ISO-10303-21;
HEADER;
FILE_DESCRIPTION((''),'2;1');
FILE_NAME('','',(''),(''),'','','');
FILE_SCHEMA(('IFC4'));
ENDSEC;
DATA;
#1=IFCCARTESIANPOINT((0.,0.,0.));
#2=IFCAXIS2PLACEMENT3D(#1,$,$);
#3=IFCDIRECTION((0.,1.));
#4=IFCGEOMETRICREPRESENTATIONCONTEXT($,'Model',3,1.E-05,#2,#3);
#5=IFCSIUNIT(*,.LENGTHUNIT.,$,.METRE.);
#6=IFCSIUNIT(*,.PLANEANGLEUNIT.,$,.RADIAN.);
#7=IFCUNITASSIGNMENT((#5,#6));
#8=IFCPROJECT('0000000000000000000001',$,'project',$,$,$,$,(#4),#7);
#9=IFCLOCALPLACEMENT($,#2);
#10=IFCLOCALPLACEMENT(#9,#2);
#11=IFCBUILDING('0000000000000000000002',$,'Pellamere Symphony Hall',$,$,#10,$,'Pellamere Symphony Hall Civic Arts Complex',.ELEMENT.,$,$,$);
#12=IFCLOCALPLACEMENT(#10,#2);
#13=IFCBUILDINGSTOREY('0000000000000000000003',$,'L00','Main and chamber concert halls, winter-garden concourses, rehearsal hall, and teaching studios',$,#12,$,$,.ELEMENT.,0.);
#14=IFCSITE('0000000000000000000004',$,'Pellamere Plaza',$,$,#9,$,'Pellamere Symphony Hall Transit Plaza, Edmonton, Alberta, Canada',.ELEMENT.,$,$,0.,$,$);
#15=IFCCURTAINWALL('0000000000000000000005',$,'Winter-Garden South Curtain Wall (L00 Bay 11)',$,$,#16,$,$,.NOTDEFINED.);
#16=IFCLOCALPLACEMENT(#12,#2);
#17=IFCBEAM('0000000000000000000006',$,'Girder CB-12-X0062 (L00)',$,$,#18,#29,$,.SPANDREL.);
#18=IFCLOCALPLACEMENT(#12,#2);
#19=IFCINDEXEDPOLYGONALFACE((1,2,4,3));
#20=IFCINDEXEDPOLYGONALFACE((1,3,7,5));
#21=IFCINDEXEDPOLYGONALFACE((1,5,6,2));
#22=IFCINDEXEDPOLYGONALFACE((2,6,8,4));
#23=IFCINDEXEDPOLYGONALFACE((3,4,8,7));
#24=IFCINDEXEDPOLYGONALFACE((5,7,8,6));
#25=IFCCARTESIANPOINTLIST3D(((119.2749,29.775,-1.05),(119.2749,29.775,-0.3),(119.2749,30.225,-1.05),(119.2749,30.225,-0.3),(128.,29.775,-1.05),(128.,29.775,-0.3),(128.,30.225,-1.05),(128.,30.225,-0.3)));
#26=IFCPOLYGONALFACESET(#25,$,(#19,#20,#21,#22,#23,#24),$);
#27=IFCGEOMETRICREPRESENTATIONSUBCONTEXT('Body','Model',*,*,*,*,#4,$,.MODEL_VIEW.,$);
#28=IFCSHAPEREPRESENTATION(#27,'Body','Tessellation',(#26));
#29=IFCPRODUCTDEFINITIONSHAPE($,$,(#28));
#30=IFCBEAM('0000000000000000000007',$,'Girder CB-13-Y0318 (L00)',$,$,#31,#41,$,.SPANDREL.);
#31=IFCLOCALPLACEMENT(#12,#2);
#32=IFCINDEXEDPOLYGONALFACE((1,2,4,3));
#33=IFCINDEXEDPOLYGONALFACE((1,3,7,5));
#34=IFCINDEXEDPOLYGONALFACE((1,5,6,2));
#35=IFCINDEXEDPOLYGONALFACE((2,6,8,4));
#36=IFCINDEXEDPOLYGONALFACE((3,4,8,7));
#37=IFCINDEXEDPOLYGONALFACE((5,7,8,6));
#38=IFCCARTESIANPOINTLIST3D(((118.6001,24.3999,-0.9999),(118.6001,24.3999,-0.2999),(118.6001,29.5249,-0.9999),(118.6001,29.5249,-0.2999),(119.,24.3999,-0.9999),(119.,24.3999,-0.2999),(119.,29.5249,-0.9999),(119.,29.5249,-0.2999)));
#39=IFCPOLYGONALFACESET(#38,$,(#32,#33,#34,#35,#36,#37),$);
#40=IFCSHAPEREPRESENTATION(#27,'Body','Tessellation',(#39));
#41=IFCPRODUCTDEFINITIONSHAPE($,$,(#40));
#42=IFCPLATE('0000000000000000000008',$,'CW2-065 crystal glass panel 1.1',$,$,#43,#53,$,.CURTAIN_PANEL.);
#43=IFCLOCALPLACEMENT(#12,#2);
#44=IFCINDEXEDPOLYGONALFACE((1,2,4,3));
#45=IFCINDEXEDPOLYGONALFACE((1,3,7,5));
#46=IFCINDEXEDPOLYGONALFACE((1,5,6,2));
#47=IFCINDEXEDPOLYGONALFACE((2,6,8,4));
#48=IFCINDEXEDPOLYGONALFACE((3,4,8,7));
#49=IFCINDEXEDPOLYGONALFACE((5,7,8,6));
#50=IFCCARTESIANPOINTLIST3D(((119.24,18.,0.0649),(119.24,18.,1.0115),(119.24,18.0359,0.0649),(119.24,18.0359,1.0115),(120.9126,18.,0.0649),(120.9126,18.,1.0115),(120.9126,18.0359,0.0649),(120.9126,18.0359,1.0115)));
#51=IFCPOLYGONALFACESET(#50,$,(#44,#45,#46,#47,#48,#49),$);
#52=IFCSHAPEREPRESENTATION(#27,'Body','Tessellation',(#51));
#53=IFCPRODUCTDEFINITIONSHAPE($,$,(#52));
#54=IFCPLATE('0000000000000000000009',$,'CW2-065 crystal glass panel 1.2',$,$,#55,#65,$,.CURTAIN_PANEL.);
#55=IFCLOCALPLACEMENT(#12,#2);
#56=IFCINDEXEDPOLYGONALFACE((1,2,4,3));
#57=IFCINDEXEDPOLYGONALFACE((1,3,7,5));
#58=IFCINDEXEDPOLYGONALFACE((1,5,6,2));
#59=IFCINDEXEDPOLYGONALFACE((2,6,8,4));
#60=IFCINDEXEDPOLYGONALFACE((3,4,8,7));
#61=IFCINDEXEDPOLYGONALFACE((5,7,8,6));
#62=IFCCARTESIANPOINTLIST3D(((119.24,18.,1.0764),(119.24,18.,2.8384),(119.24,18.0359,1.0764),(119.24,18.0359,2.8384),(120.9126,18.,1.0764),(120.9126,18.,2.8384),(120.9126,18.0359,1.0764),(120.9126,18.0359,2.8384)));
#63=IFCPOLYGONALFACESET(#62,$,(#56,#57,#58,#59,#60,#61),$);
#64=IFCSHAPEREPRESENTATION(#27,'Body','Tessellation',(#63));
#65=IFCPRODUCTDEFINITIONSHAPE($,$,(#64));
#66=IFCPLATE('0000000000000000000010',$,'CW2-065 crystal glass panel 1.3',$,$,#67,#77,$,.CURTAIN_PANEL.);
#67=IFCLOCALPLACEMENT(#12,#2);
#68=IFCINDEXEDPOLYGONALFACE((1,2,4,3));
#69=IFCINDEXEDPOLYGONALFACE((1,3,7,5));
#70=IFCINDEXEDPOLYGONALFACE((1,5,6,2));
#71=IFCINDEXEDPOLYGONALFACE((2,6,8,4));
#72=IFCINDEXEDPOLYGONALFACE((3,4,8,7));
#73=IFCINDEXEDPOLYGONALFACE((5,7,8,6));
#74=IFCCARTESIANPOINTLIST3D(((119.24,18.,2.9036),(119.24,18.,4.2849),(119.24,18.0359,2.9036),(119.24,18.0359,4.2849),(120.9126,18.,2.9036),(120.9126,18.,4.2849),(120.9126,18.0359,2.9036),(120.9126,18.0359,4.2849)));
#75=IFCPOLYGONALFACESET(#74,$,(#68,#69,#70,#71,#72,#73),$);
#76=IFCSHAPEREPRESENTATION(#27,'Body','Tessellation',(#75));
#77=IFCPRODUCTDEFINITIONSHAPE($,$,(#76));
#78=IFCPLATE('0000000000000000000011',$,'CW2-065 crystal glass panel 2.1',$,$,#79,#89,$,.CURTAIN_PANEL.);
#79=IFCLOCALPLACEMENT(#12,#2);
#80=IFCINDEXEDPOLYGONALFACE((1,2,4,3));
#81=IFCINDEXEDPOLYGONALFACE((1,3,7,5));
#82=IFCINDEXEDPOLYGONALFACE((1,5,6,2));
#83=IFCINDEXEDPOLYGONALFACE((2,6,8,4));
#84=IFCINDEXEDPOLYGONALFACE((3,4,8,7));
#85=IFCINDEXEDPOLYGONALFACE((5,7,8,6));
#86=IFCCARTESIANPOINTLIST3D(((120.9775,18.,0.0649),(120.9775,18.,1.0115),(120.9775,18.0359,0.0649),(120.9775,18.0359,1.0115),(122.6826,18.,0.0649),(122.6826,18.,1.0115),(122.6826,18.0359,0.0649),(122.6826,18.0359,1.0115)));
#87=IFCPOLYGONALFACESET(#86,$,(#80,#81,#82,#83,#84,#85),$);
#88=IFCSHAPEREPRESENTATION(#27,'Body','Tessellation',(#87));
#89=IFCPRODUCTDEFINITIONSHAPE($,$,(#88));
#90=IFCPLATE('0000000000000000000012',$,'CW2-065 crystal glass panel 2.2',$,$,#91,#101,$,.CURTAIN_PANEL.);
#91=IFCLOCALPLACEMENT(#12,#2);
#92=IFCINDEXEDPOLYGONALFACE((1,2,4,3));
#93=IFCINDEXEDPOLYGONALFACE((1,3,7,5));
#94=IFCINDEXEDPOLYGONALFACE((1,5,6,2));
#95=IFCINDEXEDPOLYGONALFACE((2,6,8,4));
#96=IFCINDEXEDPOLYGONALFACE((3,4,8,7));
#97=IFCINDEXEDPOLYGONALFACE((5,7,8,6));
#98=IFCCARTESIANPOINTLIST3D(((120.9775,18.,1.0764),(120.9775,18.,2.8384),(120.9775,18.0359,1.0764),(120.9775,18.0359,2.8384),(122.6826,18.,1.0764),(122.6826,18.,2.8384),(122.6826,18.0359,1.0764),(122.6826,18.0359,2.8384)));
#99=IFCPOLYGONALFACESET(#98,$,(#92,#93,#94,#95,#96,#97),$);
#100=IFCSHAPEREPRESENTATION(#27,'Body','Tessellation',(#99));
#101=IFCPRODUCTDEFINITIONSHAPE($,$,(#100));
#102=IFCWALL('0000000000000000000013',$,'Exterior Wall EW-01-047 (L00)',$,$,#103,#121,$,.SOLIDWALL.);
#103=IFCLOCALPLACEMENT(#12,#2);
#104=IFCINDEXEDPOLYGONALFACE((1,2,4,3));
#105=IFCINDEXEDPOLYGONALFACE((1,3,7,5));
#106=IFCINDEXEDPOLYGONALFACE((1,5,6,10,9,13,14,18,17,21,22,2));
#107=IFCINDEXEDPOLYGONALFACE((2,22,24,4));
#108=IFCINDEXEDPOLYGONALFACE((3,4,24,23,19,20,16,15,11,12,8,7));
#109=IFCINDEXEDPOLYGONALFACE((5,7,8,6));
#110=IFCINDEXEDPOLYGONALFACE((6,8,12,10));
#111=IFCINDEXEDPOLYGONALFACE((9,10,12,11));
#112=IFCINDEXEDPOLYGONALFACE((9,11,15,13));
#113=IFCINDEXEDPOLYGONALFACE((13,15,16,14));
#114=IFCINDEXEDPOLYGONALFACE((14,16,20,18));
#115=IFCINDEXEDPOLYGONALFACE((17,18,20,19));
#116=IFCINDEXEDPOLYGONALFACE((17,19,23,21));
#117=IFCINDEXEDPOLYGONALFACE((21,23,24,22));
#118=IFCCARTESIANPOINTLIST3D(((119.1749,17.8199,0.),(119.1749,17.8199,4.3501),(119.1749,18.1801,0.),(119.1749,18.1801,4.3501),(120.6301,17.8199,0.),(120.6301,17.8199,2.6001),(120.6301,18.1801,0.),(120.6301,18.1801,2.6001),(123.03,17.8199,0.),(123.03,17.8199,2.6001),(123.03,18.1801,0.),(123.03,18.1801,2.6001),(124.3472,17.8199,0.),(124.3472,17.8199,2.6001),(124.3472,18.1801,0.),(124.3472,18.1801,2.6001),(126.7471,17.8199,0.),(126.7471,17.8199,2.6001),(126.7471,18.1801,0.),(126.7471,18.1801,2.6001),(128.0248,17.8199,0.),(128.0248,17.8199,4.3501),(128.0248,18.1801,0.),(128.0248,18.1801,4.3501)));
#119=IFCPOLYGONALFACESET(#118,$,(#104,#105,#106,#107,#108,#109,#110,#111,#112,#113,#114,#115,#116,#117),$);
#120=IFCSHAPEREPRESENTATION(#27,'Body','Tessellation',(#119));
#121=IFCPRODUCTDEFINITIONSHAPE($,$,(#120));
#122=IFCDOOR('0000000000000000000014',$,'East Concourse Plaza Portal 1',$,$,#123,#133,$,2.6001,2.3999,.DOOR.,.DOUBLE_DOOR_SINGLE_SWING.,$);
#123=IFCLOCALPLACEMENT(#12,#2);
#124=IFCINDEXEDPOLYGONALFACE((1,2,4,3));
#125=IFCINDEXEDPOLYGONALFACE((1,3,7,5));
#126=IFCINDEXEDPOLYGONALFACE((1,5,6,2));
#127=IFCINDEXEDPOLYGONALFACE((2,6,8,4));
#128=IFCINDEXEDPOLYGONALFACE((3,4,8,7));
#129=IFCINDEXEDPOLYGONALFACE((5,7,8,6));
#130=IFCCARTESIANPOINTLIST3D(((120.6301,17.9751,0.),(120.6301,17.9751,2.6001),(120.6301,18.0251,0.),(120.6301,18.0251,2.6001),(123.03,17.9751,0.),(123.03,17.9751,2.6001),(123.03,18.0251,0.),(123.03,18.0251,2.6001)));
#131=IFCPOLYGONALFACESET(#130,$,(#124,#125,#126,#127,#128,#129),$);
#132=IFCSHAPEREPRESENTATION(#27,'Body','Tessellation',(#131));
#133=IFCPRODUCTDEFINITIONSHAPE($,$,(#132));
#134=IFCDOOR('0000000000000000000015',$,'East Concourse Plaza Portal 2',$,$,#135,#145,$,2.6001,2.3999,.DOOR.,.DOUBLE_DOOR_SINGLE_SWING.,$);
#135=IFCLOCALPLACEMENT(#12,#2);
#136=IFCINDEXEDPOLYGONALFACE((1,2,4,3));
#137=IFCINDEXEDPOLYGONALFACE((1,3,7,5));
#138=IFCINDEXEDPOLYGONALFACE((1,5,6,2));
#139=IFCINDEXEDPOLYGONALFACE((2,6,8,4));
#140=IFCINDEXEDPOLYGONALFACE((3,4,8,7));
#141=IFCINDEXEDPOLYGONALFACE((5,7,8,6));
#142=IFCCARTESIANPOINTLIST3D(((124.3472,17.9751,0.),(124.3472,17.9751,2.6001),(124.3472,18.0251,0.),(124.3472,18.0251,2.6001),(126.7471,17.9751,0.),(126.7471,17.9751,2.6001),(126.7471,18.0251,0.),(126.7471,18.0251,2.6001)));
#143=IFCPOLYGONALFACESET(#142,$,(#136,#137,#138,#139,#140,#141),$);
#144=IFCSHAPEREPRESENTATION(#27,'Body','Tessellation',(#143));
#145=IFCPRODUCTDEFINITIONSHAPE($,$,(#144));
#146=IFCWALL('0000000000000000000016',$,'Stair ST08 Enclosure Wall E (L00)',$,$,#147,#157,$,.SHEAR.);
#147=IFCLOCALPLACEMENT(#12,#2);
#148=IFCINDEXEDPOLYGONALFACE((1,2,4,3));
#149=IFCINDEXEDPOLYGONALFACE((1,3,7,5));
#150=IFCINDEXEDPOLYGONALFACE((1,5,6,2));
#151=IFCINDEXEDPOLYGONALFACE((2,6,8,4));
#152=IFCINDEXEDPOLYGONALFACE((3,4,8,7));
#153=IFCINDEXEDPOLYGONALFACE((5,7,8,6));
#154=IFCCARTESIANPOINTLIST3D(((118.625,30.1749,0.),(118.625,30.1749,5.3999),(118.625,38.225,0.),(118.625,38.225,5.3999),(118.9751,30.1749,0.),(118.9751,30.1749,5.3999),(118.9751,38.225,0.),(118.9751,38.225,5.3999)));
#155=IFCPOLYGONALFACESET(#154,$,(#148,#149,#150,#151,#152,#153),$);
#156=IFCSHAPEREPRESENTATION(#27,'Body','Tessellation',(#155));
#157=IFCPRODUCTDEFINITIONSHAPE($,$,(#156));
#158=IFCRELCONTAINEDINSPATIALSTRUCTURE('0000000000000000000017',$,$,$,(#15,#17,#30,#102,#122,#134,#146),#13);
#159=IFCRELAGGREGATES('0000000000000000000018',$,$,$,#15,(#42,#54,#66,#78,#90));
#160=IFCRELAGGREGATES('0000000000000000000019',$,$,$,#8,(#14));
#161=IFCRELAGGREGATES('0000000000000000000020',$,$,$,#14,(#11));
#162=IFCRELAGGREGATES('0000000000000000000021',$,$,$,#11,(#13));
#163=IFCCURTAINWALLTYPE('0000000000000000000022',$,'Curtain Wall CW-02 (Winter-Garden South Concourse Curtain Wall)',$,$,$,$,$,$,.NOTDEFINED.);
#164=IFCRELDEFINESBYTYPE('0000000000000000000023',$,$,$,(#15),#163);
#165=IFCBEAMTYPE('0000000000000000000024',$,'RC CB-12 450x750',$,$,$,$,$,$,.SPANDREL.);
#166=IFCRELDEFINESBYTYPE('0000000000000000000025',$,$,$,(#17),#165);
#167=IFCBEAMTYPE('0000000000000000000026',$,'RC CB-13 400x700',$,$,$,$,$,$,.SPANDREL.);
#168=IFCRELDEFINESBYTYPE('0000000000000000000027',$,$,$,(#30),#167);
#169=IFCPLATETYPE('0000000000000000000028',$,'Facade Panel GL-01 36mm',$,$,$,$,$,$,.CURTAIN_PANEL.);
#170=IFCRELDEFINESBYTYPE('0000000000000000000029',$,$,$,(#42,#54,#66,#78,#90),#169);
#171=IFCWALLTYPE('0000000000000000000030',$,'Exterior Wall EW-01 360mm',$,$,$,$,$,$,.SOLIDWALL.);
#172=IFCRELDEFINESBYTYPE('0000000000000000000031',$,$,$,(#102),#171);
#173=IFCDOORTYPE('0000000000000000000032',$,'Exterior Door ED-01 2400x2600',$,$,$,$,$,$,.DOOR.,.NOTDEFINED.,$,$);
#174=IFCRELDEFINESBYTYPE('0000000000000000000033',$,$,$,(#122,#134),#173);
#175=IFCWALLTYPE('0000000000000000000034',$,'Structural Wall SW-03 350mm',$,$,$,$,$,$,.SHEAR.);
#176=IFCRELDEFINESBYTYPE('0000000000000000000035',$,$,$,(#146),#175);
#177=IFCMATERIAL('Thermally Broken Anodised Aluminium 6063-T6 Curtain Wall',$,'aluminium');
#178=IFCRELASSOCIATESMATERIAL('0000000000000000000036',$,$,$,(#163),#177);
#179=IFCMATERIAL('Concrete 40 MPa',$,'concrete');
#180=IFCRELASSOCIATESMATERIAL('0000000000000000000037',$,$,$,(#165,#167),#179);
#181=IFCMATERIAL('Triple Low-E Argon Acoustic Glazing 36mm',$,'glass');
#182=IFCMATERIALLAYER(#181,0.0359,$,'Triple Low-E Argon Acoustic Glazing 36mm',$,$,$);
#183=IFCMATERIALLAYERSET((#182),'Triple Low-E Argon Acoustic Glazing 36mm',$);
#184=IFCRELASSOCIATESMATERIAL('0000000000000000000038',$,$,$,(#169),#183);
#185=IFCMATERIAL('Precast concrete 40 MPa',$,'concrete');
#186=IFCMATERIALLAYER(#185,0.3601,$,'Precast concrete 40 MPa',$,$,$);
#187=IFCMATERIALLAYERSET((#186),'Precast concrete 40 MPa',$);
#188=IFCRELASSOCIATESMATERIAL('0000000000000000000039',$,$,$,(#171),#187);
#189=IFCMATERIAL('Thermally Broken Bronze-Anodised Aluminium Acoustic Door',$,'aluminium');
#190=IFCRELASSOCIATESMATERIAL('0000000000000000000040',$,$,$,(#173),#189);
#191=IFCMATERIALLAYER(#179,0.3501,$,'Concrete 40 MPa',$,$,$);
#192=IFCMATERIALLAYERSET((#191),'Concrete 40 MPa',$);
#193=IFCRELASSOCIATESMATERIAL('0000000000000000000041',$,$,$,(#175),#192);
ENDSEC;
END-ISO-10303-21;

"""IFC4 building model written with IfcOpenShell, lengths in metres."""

from ifc_helpers import new_model, si_unit, direction, frame, frame_2d, origin, origin_2d, place, context, subcontext, project, spatial, polyline, rectangle, outline, extrude, material, layer, layer_set, material_profile, profile_set, type_object, element, fill, aggregate, save


model = new_model("IFC4")

# Units and contexts
model_context = context("Model", 3, precision=1e-05, world=origin(), true_north=direction((0.0, 1.0)))
body_context = subcontext(model_context, "Body", "Model", "MODEL_VIEW")
ifc_project = project(units=[si_unit("LENGTHUNIT", "METRE"), si_unit("PLANEANGLEUNIT", "RADIAN")], contexts=[model_context])

# Site, building, storey
site_placement = place(None, origin())
site = spatial("IfcSite", under=ifc_project, at=site_placement, Name="Pellamere Plaza", LongName="Pellamere Symphony Hall Transit Plaza, Edmonton, Alberta, Canada", CompositionType="ELEMENT", RefElevation=0.0)
building_placement = place(site_placement, origin())
building = spatial("IfcBuilding", under=site, at=building_placement, Name="Pellamere Symphony Hall", LongName="Pellamere Symphony Hall Civic Arts Complex", CompositionType="ELEMENT")
storey_placement = place(building_placement, origin())
storey = spatial("IfcBuildingStorey", under=building, at=storey_placement, Name="L00", Description="Main and chamber concert halls, winter-garden concourses, rehearsal hall, and teaching studios", CompositionType="ELEMENT", Elevation=0.0)

# Shared definitions
ifc_material_1 = material(Name="Concrete 40 MPa", Category="concrete")

# Curtain wall
ifc_material_2 = material(Name="Thermally Broken Anodised Aluminium 6063-T6 Curtain Wall", Category="aluminium")
curtain_wall_type = type_object("IfcCurtainWallType", Name="Curtain Wall CW-02 (Winter-Garden South Concourse Curtain Wall)", PredefinedType="NOTDEFINED", material=ifc_material_2)
curtain_wall_placement = place(storey_placement, origin())
curtain_wall = element("IfcCurtainWall", 1, at=curtain_wall_placement, inside=storey, type_object=curtain_wall_type, Name="Winter-Garden South Curtain Wall (L00 Bay 11)", PredefinedType="NOTDEFINED")

# Beams
ifc_material_profile_1 = material_profile(ifc_material_1, rectangle(XDim=0.45, YDim=0.75, at=origin_2d()), Name="RC 450x750")
ifc_profile_set_1 = profile_set([ifc_material_profile_1], Name="Concrete 40 MPa")
beam_type_1 = type_object("IfcBeamType", Name="RC CB-12 450x750", PredefinedType="SPANDREL", material=ifc_profile_set_1)
beam_1_placement = place(storey_placement, frame((119.2749, 30.0, -0.675), z_axis=(1.0, 0.0, 0.0), x_axis=(0.0, 1.0, 0.0)))
element("IfcBeam", 2, at=beam_1_placement, inside=storey, type_object=beam_type_1, Name="Girder CB-12-X0062 (L00)", PredefinedType="SPANDREL", context=body_context, shape_type="SweptSolid", body=[
    extrude(rectangle(XDim=0.45, YDim=0.75, at=origin_2d()), origin(), (0.0, 0.0, 1.0), 8.7251),
])
ifc_material_profile_2 = material_profile(ifc_material_1, rectangle(XDim=0.3999, YDim=0.7, at=origin_2d()), Name="RC 400x700")
ifc_profile_set_2 = profile_set([ifc_material_profile_2], Name="Concrete 40 MPa")
beam_type_2 = type_object("IfcBeamType", Name="RC CB-13 400x700", PredefinedType="SPANDREL", material=ifc_profile_set_2)
beam_2_placement = place(storey_placement, frame((118.8, 24.3999, -0.6499), z_axis=(0.0, 1.0, 0.0), x_axis=(-1.0, 0.0, 0.0)))
element("IfcBeam", 3, at=beam_2_placement, inside=storey, type_object=beam_type_2, Name="Girder CB-13-Y0318 (L00)", PredefinedType="SPANDREL", context=body_context, shape_type="SweptSolid", body=[
    extrude(rectangle(XDim=0.3999, YDim=0.7, at=origin_2d()), origin(), (0.0, 0.0, 1.0), 5.125),
])

# Plates
ifc_material_3 = material(Name="Triple Low-E Argon Acoustic Glazing 36mm", Category="glass")
ifc_layer_1 = layer(ifc_material_3, 0.0359, Name="Triple Low-E Argon Acoustic Glazing 36mm")
ifc_layer_set_1 = layer_set([ifc_layer_1], Name="Triple Low-E Argon Acoustic Glazing 36mm")
plate_type = type_object("IfcPlateType", Name="Facade Panel GL-01 36mm", PredefinedType="CURTAIN_PANEL", material=ifc_layer_set_1)
plate_1_placement = place(storey_placement, frame((119.24, 18.0, 0.0649), z_axis=(0.0, -1.0, 0.0), x_axis=(1.0, 0.0, 0.0)))
plate_1 = element("IfcPlate", 4, at=plate_1_placement, type_object=plate_type, Name="CW2-065 crystal glass panel 1.1", PredefinedType="CURTAIN_PANEL", context=body_context, shape_type="SweptSolid", body=[
    extrude(outline(polyline([(0.0, 0.0), (1.6726, 0.0), (1.6726, 0.9465), (0.0, 0.9465), (0.0, 0.0)])), origin(), (0.0, 0.0, -1.0), 0.0359),
])
plate_2_placement = place(storey_placement, frame((119.24, 18.0, 1.0764), z_axis=(0.0, -1.0, 0.0), x_axis=(1.0, 0.0, 0.0)))
plate_2 = element("IfcPlate", 5, at=plate_2_placement, type_object=plate_type, Name="CW2-065 crystal glass panel 1.2", PredefinedType="CURTAIN_PANEL", context=body_context, shape_type="SweptSolid", body=[
    extrude(outline(polyline([(0.0, 0.0), (1.6726, 0.0), (1.6726, 1.762), (0.0, 1.762), (0.0, 0.0)])), origin(), (0.0, 0.0, -1.0), 0.0359),
])
plate_3_placement = place(storey_placement, frame((119.24, 18.0, 2.9036), z_axis=(0.0, -1.0, 0.0), x_axis=(1.0, 0.0, 0.0)))
plate_3 = element("IfcPlate", 6, at=plate_3_placement, type_object=plate_type, Name="CW2-065 crystal glass panel 1.3", PredefinedType="CURTAIN_PANEL", context=body_context, shape_type="SweptSolid", body=[
    extrude(outline(polyline([(0.0, 0.0), (1.6726, 0.0), (1.6726, 1.3813), (0.0, 1.3813), (0.0, 0.0)])), origin(), (0.0, 0.0, -1.0), 0.0359),
])
plate_4_placement = place(storey_placement, frame((120.9775, 18.0, 0.0649), z_axis=(0.0, -1.0, 0.0), x_axis=(1.0, 0.0, 0.0)))
plate_4 = element("IfcPlate", 7, at=plate_4_placement, type_object=plate_type, Name="CW2-065 crystal glass panel 2.1", PredefinedType="CURTAIN_PANEL", context=body_context, shape_type="SweptSolid", body=[
    extrude(outline(polyline([(0.0, 0.0), (1.7051, 0.0), (1.7051, 0.9465), (0.0, 0.9465), (0.0, 0.0)])), origin(), (0.0, 0.0, -1.0), 0.0359),
])
plate_5_placement = place(storey_placement, frame((120.9775, 18.0, 1.0764), z_axis=(0.0, -1.0, 0.0), x_axis=(1.0, 0.0, 0.0)))
plate_5 = element("IfcPlate", 8, at=plate_5_placement, type_object=plate_type, Name="CW2-065 crystal glass panel 2.2", PredefinedType="CURTAIN_PANEL", context=body_context, shape_type="SweptSolid", body=[
    extrude(outline(polyline([(0.0, 0.0), (1.7051, 0.0), (1.7051, 1.762), (0.0, 1.762), (0.0, 0.0)])), origin(), (0.0, 0.0, -1.0), 0.0359),
])
aggregate(curtain_wall, [plate_1, plate_2, plate_3, plate_4, plate_5])

# Wall, openings, doors
ifc_material_4 = material(Name="Precast concrete 40 MPa", Category="concrete")
ifc_layer_2 = layer(ifc_material_4, 0.3601, Name="Precast concrete 40 MPa")
ifc_layer_set_2 = layer_set([ifc_layer_2], Name="Precast concrete 40 MPa")
wall_type_1 = type_object("IfcWallType", Name="Exterior Wall EW-01 360mm", PredefinedType="SOLIDWALL", material=ifc_layer_set_2)
wall_1_placement = place(storey_placement, frame((119.175, 18.0, 0.0), z_axis=(0.0, 0.0, 1.0), x_axis=(1.0, 0.0, 0.0)))
wall_1 = element("IfcWall", 9, at=wall_1_placement, inside=storey, type_object=wall_type_1, Name="Exterior Wall EW-01-047 (L00)", PredefinedType="SOLIDWALL", context=body_context, shape_type="SweptSolid", body=[
    extrude(rectangle(XDim=8.8499, YDim=0.3601, at=frame_2d((4.4248, 0.0))), origin(), (0.0, 0.0, 1.0), 4.3501),
])
opening_1_placement = place(wall_1_placement, frame((1.4551, 0.0, 0.0)))
opening_1 = element("IfcOpeningElement", 10, at=opening_1_placement, cuts=wall_1, PredefinedType="OPENING", context=body_context, shape_type="SweptSolid", body=[
    extrude(rectangle(XDim=2.3999, YDim=2.6001, at=frame_2d((1.2, 1.3))), frame((0.0, 0.1899, 0.0), z_axis=(0.0, -1.0, 0.0), x_axis=(1.0, 0.0, 0.0)), (0.0, 0.0, 1.0), 0.3801),
])
opening_2_placement = place(wall_1_placement, frame((5.1721, 0.0, 0.0)))
opening_2 = element("IfcOpeningElement", 11, at=opening_2_placement, cuts=wall_1, PredefinedType="OPENING", context=body_context, shape_type="SweptSolid", body=[
    extrude(rectangle(XDim=2.3999, YDim=2.6001, at=frame_2d((1.2, 1.3))), frame((0.0, 0.1899, 0.0), z_axis=(0.0, -1.0, 0.0), x_axis=(1.0, 0.0, 0.0)), (0.0, 0.0, 1.0), 0.3801),
])
ifc_material_5 = material(Name="Thermally Broken Bronze-Anodised Aluminium Acoustic Door", Category="aluminium")
door_type = type_object("IfcDoorType", Name="Exterior Door ED-01 2400x2600", OperationType="NOTDEFINED", PredefinedType="DOOR", material=ifc_material_5)
door_1_placement = place(opening_1_placement, frame((2.3999, 0.0, 0.0), z_axis=(0.0, 0.0, 1.0), x_axis=(-1.0, 0.0, 0.0)))
door_1 = element("IfcDoor", 12, at=door_1_placement, inside=storey, type_object=door_type, Name="East Concourse Plaza Portal 1", OperationType="DOUBLE_DOOR_SINGLE_SWING", OverallHeight=2.6001, OverallWidth=2.3999, PredefinedType="DOOR", context=body_context, shape_type="SweptSolid", body=[
    extrude(rectangle(XDim=2.3999, YDim=2.6001, at=frame_2d((1.2, 1.3))), frame((0.0, 0.0249, 0.0), z_axis=(0.0, -1.0, 0.0), x_axis=(1.0, 0.0, 0.0)), (0.0, 0.0, 1.0), 0.05),
])
fill(opening_1, door_1)
door_2_placement = place(opening_2_placement, frame((2.3999, 0.0, 0.0), z_axis=(0.0, 0.0, 1.0), x_axis=(-1.0, 0.0, 0.0)))
door_2 = element("IfcDoor", 13, at=door_2_placement, inside=storey, type_object=door_type, Name="East Concourse Plaza Portal 2", OperationType="DOUBLE_DOOR_SINGLE_SWING", OverallHeight=2.6001, OverallWidth=2.3999, PredefinedType="DOOR", context=body_context, shape_type="SweptSolid", body=[
    extrude(rectangle(XDim=2.3999, YDim=2.6001, at=frame_2d((1.2, 1.3))), frame((0.0, 0.0249, 0.0), z_axis=(0.0, -1.0, 0.0), x_axis=(1.0, 0.0, 0.0)), (0.0, 0.0, 1.0), 0.05),
])
fill(opening_2, door_2)

# Wall
ifc_layer_3 = layer(ifc_material_1, 0.3501, Name="Concrete 40 MPa")
ifc_layer_set_3 = layer_set([ifc_layer_3], Name="Concrete 40 MPa")
wall_type_2 = type_object("IfcWallType", Name="Structural Wall SW-03 350mm", PredefinedType="SHEAR", material=ifc_layer_set_3)
wall_2_placement = place(storey_placement, frame((118.8, 30.175, 0.0), z_axis=(0.0, 0.0, 1.0), x_axis=(0.0, 1.0, 0.0)))
element("IfcWall", 14, at=wall_2_placement, inside=storey, type_object=wall_type_2, Name="Stair ST08 Enclosure Wall E (L00)", PredefinedType="SHEAR", context=body_context, shape_type="SweptSolid", body=[
    extrude(rectangle(XDim=8.05, YDim=0.3501, at=frame_2d((4.0249, 0.0))), origin(), (0.0, 0.0, 1.0), 5.3999),
])

save(model, "model.ifc")
